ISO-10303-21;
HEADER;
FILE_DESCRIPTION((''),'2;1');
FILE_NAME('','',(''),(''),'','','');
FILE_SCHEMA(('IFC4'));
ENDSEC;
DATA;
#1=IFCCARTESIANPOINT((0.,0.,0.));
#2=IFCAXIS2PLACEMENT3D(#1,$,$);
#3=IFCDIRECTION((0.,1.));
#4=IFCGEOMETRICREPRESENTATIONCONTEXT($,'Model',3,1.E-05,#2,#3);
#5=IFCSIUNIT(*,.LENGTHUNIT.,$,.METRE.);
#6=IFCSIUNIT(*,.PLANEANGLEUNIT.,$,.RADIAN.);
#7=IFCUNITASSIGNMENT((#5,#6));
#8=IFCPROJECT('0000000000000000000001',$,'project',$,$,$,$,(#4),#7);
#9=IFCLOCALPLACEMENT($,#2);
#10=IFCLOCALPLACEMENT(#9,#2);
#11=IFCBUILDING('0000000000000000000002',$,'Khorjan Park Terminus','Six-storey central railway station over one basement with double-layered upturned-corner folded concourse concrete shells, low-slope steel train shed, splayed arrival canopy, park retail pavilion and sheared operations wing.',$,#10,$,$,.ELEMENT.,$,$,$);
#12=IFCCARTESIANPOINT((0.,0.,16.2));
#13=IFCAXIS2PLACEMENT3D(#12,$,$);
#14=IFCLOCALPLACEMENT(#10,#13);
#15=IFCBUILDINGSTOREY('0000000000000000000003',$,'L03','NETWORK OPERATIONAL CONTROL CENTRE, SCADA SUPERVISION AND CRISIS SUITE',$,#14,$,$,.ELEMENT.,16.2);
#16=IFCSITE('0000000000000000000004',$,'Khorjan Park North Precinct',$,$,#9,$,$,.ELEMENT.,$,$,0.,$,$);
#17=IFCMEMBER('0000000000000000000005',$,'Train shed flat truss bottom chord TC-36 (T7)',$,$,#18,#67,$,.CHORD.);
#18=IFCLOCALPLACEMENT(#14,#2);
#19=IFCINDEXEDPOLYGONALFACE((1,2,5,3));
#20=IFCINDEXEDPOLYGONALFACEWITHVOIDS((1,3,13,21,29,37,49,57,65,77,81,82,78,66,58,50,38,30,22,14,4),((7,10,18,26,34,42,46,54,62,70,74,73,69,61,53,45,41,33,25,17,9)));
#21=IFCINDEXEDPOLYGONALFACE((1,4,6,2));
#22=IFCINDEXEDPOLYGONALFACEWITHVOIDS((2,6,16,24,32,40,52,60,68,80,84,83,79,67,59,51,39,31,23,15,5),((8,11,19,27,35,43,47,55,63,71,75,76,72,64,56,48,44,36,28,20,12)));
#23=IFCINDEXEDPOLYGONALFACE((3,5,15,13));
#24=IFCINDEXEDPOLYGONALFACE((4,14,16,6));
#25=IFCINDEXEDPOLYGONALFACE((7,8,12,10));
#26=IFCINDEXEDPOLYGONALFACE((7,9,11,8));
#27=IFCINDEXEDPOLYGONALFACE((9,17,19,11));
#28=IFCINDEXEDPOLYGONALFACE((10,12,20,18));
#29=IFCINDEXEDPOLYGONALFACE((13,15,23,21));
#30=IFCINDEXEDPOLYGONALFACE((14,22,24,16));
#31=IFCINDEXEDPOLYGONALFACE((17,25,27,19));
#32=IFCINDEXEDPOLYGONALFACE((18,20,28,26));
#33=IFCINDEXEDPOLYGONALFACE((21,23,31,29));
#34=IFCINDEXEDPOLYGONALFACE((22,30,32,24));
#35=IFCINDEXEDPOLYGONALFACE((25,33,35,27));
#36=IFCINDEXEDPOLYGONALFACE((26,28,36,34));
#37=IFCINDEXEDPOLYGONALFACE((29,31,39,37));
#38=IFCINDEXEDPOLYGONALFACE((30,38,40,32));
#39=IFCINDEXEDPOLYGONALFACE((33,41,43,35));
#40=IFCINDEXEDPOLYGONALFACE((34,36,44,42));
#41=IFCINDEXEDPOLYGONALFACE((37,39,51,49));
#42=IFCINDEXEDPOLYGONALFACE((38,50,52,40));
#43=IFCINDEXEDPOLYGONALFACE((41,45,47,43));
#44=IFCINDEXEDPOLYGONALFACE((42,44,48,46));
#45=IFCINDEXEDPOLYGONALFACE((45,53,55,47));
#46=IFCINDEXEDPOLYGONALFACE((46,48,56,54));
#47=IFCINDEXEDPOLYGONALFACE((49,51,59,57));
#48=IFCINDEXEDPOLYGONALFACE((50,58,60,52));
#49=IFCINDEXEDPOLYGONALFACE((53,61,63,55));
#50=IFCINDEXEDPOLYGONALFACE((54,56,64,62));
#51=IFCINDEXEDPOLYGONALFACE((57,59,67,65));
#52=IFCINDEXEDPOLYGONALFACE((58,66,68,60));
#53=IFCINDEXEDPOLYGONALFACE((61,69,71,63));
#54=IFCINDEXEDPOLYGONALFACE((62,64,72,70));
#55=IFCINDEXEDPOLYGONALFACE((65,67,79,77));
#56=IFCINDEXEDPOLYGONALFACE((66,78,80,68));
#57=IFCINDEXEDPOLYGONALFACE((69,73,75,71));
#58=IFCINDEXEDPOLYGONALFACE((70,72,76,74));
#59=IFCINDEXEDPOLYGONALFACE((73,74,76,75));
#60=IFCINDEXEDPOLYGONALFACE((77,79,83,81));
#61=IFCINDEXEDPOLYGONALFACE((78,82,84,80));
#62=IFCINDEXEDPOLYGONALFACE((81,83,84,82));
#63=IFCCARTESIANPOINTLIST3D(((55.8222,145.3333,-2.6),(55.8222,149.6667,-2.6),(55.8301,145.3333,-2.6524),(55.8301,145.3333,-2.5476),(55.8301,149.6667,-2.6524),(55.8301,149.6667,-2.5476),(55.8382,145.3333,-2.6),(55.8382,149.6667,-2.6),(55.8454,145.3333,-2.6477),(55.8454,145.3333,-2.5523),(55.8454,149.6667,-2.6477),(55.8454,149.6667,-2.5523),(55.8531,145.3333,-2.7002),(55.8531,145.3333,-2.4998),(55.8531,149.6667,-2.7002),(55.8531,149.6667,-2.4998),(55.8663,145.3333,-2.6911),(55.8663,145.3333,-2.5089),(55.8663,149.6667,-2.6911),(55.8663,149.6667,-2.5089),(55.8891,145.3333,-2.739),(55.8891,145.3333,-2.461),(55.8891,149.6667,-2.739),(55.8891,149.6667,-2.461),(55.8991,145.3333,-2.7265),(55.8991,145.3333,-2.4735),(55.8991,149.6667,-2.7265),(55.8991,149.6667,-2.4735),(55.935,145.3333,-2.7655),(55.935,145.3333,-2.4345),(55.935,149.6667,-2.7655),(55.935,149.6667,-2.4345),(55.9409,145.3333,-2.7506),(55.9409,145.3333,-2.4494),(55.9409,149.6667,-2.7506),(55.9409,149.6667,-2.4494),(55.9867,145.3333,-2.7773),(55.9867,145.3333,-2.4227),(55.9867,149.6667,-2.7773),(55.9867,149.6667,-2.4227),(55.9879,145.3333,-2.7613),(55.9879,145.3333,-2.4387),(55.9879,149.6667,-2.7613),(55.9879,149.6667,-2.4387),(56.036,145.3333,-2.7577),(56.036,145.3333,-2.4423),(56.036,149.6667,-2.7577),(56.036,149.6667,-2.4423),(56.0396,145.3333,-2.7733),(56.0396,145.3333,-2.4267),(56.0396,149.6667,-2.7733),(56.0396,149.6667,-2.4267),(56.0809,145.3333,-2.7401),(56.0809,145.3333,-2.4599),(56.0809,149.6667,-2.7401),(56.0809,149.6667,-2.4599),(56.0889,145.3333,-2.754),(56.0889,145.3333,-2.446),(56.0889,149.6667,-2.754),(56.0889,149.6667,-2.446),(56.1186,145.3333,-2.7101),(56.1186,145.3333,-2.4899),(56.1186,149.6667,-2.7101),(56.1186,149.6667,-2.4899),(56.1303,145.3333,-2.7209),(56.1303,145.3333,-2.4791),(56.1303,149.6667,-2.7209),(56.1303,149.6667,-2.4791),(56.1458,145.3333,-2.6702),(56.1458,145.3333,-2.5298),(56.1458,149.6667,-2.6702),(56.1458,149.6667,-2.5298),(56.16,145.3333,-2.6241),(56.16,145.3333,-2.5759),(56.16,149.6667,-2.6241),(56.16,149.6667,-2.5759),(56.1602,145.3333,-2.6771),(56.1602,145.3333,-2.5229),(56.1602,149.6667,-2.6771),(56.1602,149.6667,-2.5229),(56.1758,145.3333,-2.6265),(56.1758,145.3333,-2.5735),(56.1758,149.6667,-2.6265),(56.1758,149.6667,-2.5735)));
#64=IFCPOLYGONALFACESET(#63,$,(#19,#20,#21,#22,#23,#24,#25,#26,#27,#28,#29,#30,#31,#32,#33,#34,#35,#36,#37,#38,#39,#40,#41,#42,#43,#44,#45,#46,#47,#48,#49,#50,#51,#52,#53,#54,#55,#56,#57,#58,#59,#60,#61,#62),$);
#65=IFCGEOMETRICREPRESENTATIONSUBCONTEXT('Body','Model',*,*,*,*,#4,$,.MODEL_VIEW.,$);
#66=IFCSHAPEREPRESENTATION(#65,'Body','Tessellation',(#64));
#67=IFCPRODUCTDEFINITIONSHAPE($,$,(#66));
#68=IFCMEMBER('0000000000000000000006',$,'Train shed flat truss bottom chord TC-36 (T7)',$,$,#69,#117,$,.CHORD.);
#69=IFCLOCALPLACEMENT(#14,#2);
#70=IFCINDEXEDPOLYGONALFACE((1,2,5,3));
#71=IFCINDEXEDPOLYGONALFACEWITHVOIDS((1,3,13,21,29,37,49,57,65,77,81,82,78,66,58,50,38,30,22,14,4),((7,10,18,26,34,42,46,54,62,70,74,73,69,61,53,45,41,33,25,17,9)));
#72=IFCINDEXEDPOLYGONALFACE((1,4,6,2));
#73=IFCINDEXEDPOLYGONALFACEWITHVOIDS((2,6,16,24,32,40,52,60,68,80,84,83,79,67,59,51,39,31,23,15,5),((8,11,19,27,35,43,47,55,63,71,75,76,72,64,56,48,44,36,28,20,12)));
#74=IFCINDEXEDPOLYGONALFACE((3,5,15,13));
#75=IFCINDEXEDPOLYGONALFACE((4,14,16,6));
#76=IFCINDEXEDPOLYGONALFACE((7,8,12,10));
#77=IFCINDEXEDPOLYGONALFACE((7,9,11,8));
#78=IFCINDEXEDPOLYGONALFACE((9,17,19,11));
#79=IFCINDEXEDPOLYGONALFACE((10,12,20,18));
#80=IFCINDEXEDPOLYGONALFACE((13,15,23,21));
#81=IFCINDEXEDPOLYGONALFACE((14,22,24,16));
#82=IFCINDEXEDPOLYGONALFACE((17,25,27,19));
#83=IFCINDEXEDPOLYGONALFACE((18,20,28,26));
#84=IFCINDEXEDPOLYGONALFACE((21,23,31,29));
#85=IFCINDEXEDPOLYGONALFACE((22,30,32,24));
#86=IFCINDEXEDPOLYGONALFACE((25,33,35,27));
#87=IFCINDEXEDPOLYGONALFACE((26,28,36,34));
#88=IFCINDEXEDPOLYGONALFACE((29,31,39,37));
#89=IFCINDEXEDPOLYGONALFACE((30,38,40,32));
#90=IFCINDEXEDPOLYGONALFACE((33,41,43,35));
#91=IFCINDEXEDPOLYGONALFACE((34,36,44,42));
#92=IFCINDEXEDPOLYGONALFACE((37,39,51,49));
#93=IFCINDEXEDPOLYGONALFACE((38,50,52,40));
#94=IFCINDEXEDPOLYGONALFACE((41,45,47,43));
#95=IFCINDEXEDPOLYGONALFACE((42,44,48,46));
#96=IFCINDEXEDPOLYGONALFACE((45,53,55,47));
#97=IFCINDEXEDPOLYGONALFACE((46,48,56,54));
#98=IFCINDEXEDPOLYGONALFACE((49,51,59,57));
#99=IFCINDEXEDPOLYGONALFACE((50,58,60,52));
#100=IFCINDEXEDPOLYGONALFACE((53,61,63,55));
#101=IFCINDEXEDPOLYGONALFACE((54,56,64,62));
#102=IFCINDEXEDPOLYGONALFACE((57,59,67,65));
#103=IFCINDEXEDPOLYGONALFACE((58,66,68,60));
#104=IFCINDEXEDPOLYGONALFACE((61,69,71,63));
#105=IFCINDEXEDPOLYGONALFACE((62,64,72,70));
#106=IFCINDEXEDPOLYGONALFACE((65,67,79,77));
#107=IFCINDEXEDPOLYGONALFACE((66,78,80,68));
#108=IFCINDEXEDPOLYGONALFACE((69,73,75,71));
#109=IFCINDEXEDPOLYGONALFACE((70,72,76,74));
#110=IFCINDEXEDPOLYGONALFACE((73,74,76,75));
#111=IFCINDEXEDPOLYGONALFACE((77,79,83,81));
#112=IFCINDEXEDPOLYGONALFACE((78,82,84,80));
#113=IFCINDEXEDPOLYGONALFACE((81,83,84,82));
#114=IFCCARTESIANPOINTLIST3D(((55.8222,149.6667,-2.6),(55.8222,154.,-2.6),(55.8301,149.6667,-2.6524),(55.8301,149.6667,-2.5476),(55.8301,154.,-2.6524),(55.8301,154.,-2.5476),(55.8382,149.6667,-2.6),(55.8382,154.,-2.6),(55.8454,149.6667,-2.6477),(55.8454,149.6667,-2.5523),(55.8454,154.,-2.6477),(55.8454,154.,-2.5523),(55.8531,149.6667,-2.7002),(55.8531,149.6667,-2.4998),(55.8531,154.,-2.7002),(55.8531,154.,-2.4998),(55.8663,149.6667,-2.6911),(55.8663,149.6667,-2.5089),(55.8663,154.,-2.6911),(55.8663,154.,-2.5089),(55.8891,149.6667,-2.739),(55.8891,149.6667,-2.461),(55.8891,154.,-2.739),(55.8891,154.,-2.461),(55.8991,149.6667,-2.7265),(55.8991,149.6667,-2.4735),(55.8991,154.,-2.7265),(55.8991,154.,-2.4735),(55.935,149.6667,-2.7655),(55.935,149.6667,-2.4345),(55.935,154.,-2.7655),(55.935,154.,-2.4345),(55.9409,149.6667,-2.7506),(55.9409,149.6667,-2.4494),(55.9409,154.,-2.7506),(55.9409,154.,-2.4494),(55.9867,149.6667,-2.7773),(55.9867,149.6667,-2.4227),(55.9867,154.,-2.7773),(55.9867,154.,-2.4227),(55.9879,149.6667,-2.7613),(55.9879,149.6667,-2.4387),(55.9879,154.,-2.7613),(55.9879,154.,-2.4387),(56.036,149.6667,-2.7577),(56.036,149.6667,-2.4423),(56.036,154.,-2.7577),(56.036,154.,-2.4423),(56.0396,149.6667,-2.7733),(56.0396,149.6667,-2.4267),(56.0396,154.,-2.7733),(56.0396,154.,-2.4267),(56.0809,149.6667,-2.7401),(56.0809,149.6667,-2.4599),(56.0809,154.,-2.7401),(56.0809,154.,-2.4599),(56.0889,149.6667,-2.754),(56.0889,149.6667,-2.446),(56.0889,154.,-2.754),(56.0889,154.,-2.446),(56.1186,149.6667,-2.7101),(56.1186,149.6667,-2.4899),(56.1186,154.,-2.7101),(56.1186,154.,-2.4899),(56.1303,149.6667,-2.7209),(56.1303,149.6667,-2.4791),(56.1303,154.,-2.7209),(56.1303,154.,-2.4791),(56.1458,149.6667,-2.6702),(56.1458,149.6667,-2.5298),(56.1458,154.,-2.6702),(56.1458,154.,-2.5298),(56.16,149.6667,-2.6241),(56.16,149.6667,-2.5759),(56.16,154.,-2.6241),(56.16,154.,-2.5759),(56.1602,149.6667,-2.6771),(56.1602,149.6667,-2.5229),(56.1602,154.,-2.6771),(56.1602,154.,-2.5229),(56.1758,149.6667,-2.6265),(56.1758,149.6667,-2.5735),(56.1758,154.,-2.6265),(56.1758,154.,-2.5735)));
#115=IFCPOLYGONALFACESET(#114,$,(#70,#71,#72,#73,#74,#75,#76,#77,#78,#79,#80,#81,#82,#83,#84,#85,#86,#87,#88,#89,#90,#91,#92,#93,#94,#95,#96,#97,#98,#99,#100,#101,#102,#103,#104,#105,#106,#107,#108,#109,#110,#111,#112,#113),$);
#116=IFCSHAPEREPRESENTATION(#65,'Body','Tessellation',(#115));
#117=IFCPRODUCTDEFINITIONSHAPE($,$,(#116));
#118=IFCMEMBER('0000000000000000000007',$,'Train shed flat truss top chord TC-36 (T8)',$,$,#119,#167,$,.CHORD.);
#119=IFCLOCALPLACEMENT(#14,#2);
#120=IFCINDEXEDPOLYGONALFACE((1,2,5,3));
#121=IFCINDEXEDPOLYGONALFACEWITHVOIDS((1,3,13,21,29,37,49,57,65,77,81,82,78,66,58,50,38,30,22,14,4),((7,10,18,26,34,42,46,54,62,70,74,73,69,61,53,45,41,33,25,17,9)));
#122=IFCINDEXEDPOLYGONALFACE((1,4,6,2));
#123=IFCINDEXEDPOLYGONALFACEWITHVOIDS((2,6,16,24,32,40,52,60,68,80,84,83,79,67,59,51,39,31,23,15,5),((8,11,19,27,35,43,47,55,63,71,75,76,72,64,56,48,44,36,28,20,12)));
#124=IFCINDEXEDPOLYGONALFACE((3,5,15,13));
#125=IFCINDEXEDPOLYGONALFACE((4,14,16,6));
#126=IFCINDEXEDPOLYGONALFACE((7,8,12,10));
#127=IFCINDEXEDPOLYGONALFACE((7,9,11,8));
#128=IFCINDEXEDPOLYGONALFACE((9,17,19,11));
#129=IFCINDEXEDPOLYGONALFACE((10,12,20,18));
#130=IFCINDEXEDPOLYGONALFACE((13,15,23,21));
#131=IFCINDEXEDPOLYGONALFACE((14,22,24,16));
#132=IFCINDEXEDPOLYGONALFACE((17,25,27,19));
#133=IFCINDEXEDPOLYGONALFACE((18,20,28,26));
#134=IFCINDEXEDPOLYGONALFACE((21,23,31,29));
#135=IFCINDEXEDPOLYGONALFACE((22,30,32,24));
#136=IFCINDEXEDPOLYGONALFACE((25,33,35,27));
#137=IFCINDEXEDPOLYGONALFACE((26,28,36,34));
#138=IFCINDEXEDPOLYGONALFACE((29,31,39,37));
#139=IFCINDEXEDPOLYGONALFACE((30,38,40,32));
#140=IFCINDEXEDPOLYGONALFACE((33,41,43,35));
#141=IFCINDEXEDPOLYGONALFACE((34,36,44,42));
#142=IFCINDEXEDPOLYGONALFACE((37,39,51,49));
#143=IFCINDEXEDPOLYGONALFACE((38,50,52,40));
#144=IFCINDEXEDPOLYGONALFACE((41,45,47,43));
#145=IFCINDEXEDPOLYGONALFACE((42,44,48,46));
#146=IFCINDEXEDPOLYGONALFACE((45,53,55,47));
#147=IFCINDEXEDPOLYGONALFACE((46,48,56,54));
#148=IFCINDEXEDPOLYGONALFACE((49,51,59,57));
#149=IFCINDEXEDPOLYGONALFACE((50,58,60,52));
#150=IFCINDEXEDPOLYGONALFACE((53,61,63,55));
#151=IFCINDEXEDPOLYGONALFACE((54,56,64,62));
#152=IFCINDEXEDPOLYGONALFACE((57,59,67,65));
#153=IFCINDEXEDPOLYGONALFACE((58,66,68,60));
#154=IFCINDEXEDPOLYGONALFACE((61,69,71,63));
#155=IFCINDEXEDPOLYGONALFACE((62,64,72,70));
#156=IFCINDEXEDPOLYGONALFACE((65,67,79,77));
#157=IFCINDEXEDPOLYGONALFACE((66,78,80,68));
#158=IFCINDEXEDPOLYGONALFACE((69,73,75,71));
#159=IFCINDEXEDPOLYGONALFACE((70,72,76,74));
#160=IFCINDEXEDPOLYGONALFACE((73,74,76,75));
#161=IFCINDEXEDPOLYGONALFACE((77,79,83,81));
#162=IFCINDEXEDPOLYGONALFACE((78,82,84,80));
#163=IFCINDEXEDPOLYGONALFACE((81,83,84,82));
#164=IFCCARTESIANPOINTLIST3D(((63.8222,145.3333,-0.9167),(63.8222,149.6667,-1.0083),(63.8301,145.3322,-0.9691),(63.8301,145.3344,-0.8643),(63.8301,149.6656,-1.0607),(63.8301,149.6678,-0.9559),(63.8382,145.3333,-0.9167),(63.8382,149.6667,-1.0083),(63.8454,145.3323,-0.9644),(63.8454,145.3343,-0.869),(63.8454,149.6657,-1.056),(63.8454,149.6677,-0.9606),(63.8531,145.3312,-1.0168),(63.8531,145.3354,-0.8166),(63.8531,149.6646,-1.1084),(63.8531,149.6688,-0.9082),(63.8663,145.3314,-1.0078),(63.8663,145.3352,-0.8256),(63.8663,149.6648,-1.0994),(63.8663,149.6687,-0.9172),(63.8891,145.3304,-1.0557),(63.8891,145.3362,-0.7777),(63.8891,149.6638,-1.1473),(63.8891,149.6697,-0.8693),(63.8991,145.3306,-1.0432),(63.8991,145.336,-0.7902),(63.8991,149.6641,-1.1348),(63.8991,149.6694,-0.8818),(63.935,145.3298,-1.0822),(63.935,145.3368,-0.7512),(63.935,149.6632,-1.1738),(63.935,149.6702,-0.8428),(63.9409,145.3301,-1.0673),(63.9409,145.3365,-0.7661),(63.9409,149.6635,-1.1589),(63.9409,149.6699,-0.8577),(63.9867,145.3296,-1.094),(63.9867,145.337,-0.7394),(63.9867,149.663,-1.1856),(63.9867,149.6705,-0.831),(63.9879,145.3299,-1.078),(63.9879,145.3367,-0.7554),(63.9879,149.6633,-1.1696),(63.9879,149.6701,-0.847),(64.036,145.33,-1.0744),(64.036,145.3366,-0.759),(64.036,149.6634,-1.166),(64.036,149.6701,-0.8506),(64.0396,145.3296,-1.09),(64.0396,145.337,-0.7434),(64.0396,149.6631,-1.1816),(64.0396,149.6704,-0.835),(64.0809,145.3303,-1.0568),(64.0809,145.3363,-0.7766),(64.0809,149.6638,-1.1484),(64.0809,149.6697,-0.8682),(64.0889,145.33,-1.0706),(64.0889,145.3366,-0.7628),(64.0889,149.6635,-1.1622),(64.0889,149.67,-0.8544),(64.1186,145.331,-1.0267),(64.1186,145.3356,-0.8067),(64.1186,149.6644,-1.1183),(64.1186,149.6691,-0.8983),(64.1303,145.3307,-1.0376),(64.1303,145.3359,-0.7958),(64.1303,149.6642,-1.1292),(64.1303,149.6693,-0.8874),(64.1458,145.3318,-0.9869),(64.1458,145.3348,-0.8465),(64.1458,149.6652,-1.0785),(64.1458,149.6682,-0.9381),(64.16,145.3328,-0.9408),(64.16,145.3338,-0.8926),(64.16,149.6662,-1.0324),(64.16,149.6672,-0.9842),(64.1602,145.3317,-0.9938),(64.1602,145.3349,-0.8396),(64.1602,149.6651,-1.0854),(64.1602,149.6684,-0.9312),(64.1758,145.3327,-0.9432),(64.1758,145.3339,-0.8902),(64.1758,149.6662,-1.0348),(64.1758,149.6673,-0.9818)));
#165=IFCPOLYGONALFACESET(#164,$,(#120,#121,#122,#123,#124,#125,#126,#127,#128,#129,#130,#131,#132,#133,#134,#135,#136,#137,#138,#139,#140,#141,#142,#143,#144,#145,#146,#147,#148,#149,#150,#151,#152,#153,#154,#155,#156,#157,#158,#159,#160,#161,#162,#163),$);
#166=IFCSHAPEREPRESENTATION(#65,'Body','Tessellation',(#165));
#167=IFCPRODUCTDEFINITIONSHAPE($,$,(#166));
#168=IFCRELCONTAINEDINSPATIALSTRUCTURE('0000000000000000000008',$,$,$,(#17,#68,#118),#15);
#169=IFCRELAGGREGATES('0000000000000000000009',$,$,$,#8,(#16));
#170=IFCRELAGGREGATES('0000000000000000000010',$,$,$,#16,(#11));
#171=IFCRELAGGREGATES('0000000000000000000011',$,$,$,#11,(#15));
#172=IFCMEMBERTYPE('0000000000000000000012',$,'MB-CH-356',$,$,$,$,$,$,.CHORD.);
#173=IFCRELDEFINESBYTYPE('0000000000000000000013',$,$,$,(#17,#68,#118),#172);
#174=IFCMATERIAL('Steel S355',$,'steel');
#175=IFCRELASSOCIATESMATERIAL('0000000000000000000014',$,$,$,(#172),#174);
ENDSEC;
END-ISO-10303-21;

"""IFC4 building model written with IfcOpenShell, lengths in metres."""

from ifc_helpers import new_model, si_unit, direction, frame, origin, origin_2d, place, context, subcontext, project, spatial, hollow_circle, extrude, material, material_profile, profile_set, type_object, element, save


model = new_model("IFC4")

# Units and contexts
model_context = context("Model", 3, precision=1e-05, world=origin(), true_north=direction((0.0, 1.0)))
body_context = subcontext(model_context, "Body", "Model", "MODEL_VIEW")
ifc_project = project(units=[si_unit("LENGTHUNIT", "METRE"), si_unit("PLANEANGLEUNIT", "RADIAN")], contexts=[model_context])

# Site, building, storey
site_placement = place(None, origin())
site = spatial("IfcSite", under=ifc_project, at=site_placement, Name="Khorjan Park North Precinct", CompositionType="ELEMENT", RefElevation=0.0)
building_placement = place(site_placement, origin())
building = spatial("IfcBuilding", under=site, at=building_placement, Name="Khorjan Park Terminus", Description="Six-storey central railway station over one basement with double-layered upturned-corner folded concourse concrete shells, low-slope steel train shed, splayed arrival canopy, park retail pavilion and sheared operations wing.", CompositionType="ELEMENT")
storey_placement = place(building_placement, frame((0.0, 0.0, 16.2)))
storey = spatial("IfcBuildingStorey", under=building, at=storey_placement, Name="L03", Description="NETWORK OPERATIONAL CONTROL CENTRE, SCADA SUPERVISION AND CRISIS SUITE", CompositionType="ELEMENT", Elevation=16.2)

# Members
ifc_material = material(Name="Steel S355", Category="steel")
ifc_material_profile_1 = material_profile(ifc_material, hollow_circle(Radius=0.1778, WallThickness=0.016, at=origin_2d()), Name="CHS 355.6x16")
ifc_profile_set_1 = profile_set([ifc_material_profile_1], Name="Steel S355")
member_type_1 = type_object("IfcMemberType", Name="MB-CH-356", PredefinedType="CHORD", material=ifc_profile_set_1)
member_1_placement = place(storey_placement, frame((56.0, 145.3333, -2.6), z_axis=(0.0, 1.0, 0.0), x_axis=(-1.0, 0.0, 0.0)))
element("IfcMember", 1, at=member_1_placement, inside=storey, type_object=member_type_1, Name="Train shed flat truss bottom chord TC-36 (T7)", PredefinedType="CHORD", context=body_context, shape_type="SweptSolid", body=[
    extrude(hollow_circle(Radius=0.1778, WallThickness=0.016, at=origin_2d()), origin(), (0.0, 0.0, 1.0), 4.3334),
])
member_2_placement = place(storey_placement, frame((56.0, 149.6667, -2.6), z_axis=(0.0, 1.0, 0.0), x_axis=(-1.0, 0.0, 0.0)))
element("IfcMember", 2, at=member_2_placement, inside=storey, type_object=member_type_1, Name="Train shed flat truss bottom chord TC-36 (T7)", PredefinedType="CHORD", context=body_context, shape_type="SweptSolid", body=[
    extrude(hollow_circle(Radius=0.1778, WallThickness=0.016, at=origin_2d()), origin(), (0.0, 0.0, 1.0), 4.3333),
])
member_3_placement = place(storey_placement, frame((64.0, 145.3333, -0.9167), z_axis=(0.0, 0.999777, -0.021133), x_axis=(-1.0, 0.0, 0.0)))
element("IfcMember", 3, at=member_3_placement, inside=storey, type_object=member_type_1, Name="Train shed flat truss top chord TC-36 (T8)", PredefinedType="CHORD", context=body_context, shape_type="SweptSolid", body=[
    extrude(hollow_circle(Radius=0.1778, WallThickness=0.016, at=origin_2d()), origin(), (0.0, 0.0, 1.0), 4.3344),
])

save(model, "model.ifc")
